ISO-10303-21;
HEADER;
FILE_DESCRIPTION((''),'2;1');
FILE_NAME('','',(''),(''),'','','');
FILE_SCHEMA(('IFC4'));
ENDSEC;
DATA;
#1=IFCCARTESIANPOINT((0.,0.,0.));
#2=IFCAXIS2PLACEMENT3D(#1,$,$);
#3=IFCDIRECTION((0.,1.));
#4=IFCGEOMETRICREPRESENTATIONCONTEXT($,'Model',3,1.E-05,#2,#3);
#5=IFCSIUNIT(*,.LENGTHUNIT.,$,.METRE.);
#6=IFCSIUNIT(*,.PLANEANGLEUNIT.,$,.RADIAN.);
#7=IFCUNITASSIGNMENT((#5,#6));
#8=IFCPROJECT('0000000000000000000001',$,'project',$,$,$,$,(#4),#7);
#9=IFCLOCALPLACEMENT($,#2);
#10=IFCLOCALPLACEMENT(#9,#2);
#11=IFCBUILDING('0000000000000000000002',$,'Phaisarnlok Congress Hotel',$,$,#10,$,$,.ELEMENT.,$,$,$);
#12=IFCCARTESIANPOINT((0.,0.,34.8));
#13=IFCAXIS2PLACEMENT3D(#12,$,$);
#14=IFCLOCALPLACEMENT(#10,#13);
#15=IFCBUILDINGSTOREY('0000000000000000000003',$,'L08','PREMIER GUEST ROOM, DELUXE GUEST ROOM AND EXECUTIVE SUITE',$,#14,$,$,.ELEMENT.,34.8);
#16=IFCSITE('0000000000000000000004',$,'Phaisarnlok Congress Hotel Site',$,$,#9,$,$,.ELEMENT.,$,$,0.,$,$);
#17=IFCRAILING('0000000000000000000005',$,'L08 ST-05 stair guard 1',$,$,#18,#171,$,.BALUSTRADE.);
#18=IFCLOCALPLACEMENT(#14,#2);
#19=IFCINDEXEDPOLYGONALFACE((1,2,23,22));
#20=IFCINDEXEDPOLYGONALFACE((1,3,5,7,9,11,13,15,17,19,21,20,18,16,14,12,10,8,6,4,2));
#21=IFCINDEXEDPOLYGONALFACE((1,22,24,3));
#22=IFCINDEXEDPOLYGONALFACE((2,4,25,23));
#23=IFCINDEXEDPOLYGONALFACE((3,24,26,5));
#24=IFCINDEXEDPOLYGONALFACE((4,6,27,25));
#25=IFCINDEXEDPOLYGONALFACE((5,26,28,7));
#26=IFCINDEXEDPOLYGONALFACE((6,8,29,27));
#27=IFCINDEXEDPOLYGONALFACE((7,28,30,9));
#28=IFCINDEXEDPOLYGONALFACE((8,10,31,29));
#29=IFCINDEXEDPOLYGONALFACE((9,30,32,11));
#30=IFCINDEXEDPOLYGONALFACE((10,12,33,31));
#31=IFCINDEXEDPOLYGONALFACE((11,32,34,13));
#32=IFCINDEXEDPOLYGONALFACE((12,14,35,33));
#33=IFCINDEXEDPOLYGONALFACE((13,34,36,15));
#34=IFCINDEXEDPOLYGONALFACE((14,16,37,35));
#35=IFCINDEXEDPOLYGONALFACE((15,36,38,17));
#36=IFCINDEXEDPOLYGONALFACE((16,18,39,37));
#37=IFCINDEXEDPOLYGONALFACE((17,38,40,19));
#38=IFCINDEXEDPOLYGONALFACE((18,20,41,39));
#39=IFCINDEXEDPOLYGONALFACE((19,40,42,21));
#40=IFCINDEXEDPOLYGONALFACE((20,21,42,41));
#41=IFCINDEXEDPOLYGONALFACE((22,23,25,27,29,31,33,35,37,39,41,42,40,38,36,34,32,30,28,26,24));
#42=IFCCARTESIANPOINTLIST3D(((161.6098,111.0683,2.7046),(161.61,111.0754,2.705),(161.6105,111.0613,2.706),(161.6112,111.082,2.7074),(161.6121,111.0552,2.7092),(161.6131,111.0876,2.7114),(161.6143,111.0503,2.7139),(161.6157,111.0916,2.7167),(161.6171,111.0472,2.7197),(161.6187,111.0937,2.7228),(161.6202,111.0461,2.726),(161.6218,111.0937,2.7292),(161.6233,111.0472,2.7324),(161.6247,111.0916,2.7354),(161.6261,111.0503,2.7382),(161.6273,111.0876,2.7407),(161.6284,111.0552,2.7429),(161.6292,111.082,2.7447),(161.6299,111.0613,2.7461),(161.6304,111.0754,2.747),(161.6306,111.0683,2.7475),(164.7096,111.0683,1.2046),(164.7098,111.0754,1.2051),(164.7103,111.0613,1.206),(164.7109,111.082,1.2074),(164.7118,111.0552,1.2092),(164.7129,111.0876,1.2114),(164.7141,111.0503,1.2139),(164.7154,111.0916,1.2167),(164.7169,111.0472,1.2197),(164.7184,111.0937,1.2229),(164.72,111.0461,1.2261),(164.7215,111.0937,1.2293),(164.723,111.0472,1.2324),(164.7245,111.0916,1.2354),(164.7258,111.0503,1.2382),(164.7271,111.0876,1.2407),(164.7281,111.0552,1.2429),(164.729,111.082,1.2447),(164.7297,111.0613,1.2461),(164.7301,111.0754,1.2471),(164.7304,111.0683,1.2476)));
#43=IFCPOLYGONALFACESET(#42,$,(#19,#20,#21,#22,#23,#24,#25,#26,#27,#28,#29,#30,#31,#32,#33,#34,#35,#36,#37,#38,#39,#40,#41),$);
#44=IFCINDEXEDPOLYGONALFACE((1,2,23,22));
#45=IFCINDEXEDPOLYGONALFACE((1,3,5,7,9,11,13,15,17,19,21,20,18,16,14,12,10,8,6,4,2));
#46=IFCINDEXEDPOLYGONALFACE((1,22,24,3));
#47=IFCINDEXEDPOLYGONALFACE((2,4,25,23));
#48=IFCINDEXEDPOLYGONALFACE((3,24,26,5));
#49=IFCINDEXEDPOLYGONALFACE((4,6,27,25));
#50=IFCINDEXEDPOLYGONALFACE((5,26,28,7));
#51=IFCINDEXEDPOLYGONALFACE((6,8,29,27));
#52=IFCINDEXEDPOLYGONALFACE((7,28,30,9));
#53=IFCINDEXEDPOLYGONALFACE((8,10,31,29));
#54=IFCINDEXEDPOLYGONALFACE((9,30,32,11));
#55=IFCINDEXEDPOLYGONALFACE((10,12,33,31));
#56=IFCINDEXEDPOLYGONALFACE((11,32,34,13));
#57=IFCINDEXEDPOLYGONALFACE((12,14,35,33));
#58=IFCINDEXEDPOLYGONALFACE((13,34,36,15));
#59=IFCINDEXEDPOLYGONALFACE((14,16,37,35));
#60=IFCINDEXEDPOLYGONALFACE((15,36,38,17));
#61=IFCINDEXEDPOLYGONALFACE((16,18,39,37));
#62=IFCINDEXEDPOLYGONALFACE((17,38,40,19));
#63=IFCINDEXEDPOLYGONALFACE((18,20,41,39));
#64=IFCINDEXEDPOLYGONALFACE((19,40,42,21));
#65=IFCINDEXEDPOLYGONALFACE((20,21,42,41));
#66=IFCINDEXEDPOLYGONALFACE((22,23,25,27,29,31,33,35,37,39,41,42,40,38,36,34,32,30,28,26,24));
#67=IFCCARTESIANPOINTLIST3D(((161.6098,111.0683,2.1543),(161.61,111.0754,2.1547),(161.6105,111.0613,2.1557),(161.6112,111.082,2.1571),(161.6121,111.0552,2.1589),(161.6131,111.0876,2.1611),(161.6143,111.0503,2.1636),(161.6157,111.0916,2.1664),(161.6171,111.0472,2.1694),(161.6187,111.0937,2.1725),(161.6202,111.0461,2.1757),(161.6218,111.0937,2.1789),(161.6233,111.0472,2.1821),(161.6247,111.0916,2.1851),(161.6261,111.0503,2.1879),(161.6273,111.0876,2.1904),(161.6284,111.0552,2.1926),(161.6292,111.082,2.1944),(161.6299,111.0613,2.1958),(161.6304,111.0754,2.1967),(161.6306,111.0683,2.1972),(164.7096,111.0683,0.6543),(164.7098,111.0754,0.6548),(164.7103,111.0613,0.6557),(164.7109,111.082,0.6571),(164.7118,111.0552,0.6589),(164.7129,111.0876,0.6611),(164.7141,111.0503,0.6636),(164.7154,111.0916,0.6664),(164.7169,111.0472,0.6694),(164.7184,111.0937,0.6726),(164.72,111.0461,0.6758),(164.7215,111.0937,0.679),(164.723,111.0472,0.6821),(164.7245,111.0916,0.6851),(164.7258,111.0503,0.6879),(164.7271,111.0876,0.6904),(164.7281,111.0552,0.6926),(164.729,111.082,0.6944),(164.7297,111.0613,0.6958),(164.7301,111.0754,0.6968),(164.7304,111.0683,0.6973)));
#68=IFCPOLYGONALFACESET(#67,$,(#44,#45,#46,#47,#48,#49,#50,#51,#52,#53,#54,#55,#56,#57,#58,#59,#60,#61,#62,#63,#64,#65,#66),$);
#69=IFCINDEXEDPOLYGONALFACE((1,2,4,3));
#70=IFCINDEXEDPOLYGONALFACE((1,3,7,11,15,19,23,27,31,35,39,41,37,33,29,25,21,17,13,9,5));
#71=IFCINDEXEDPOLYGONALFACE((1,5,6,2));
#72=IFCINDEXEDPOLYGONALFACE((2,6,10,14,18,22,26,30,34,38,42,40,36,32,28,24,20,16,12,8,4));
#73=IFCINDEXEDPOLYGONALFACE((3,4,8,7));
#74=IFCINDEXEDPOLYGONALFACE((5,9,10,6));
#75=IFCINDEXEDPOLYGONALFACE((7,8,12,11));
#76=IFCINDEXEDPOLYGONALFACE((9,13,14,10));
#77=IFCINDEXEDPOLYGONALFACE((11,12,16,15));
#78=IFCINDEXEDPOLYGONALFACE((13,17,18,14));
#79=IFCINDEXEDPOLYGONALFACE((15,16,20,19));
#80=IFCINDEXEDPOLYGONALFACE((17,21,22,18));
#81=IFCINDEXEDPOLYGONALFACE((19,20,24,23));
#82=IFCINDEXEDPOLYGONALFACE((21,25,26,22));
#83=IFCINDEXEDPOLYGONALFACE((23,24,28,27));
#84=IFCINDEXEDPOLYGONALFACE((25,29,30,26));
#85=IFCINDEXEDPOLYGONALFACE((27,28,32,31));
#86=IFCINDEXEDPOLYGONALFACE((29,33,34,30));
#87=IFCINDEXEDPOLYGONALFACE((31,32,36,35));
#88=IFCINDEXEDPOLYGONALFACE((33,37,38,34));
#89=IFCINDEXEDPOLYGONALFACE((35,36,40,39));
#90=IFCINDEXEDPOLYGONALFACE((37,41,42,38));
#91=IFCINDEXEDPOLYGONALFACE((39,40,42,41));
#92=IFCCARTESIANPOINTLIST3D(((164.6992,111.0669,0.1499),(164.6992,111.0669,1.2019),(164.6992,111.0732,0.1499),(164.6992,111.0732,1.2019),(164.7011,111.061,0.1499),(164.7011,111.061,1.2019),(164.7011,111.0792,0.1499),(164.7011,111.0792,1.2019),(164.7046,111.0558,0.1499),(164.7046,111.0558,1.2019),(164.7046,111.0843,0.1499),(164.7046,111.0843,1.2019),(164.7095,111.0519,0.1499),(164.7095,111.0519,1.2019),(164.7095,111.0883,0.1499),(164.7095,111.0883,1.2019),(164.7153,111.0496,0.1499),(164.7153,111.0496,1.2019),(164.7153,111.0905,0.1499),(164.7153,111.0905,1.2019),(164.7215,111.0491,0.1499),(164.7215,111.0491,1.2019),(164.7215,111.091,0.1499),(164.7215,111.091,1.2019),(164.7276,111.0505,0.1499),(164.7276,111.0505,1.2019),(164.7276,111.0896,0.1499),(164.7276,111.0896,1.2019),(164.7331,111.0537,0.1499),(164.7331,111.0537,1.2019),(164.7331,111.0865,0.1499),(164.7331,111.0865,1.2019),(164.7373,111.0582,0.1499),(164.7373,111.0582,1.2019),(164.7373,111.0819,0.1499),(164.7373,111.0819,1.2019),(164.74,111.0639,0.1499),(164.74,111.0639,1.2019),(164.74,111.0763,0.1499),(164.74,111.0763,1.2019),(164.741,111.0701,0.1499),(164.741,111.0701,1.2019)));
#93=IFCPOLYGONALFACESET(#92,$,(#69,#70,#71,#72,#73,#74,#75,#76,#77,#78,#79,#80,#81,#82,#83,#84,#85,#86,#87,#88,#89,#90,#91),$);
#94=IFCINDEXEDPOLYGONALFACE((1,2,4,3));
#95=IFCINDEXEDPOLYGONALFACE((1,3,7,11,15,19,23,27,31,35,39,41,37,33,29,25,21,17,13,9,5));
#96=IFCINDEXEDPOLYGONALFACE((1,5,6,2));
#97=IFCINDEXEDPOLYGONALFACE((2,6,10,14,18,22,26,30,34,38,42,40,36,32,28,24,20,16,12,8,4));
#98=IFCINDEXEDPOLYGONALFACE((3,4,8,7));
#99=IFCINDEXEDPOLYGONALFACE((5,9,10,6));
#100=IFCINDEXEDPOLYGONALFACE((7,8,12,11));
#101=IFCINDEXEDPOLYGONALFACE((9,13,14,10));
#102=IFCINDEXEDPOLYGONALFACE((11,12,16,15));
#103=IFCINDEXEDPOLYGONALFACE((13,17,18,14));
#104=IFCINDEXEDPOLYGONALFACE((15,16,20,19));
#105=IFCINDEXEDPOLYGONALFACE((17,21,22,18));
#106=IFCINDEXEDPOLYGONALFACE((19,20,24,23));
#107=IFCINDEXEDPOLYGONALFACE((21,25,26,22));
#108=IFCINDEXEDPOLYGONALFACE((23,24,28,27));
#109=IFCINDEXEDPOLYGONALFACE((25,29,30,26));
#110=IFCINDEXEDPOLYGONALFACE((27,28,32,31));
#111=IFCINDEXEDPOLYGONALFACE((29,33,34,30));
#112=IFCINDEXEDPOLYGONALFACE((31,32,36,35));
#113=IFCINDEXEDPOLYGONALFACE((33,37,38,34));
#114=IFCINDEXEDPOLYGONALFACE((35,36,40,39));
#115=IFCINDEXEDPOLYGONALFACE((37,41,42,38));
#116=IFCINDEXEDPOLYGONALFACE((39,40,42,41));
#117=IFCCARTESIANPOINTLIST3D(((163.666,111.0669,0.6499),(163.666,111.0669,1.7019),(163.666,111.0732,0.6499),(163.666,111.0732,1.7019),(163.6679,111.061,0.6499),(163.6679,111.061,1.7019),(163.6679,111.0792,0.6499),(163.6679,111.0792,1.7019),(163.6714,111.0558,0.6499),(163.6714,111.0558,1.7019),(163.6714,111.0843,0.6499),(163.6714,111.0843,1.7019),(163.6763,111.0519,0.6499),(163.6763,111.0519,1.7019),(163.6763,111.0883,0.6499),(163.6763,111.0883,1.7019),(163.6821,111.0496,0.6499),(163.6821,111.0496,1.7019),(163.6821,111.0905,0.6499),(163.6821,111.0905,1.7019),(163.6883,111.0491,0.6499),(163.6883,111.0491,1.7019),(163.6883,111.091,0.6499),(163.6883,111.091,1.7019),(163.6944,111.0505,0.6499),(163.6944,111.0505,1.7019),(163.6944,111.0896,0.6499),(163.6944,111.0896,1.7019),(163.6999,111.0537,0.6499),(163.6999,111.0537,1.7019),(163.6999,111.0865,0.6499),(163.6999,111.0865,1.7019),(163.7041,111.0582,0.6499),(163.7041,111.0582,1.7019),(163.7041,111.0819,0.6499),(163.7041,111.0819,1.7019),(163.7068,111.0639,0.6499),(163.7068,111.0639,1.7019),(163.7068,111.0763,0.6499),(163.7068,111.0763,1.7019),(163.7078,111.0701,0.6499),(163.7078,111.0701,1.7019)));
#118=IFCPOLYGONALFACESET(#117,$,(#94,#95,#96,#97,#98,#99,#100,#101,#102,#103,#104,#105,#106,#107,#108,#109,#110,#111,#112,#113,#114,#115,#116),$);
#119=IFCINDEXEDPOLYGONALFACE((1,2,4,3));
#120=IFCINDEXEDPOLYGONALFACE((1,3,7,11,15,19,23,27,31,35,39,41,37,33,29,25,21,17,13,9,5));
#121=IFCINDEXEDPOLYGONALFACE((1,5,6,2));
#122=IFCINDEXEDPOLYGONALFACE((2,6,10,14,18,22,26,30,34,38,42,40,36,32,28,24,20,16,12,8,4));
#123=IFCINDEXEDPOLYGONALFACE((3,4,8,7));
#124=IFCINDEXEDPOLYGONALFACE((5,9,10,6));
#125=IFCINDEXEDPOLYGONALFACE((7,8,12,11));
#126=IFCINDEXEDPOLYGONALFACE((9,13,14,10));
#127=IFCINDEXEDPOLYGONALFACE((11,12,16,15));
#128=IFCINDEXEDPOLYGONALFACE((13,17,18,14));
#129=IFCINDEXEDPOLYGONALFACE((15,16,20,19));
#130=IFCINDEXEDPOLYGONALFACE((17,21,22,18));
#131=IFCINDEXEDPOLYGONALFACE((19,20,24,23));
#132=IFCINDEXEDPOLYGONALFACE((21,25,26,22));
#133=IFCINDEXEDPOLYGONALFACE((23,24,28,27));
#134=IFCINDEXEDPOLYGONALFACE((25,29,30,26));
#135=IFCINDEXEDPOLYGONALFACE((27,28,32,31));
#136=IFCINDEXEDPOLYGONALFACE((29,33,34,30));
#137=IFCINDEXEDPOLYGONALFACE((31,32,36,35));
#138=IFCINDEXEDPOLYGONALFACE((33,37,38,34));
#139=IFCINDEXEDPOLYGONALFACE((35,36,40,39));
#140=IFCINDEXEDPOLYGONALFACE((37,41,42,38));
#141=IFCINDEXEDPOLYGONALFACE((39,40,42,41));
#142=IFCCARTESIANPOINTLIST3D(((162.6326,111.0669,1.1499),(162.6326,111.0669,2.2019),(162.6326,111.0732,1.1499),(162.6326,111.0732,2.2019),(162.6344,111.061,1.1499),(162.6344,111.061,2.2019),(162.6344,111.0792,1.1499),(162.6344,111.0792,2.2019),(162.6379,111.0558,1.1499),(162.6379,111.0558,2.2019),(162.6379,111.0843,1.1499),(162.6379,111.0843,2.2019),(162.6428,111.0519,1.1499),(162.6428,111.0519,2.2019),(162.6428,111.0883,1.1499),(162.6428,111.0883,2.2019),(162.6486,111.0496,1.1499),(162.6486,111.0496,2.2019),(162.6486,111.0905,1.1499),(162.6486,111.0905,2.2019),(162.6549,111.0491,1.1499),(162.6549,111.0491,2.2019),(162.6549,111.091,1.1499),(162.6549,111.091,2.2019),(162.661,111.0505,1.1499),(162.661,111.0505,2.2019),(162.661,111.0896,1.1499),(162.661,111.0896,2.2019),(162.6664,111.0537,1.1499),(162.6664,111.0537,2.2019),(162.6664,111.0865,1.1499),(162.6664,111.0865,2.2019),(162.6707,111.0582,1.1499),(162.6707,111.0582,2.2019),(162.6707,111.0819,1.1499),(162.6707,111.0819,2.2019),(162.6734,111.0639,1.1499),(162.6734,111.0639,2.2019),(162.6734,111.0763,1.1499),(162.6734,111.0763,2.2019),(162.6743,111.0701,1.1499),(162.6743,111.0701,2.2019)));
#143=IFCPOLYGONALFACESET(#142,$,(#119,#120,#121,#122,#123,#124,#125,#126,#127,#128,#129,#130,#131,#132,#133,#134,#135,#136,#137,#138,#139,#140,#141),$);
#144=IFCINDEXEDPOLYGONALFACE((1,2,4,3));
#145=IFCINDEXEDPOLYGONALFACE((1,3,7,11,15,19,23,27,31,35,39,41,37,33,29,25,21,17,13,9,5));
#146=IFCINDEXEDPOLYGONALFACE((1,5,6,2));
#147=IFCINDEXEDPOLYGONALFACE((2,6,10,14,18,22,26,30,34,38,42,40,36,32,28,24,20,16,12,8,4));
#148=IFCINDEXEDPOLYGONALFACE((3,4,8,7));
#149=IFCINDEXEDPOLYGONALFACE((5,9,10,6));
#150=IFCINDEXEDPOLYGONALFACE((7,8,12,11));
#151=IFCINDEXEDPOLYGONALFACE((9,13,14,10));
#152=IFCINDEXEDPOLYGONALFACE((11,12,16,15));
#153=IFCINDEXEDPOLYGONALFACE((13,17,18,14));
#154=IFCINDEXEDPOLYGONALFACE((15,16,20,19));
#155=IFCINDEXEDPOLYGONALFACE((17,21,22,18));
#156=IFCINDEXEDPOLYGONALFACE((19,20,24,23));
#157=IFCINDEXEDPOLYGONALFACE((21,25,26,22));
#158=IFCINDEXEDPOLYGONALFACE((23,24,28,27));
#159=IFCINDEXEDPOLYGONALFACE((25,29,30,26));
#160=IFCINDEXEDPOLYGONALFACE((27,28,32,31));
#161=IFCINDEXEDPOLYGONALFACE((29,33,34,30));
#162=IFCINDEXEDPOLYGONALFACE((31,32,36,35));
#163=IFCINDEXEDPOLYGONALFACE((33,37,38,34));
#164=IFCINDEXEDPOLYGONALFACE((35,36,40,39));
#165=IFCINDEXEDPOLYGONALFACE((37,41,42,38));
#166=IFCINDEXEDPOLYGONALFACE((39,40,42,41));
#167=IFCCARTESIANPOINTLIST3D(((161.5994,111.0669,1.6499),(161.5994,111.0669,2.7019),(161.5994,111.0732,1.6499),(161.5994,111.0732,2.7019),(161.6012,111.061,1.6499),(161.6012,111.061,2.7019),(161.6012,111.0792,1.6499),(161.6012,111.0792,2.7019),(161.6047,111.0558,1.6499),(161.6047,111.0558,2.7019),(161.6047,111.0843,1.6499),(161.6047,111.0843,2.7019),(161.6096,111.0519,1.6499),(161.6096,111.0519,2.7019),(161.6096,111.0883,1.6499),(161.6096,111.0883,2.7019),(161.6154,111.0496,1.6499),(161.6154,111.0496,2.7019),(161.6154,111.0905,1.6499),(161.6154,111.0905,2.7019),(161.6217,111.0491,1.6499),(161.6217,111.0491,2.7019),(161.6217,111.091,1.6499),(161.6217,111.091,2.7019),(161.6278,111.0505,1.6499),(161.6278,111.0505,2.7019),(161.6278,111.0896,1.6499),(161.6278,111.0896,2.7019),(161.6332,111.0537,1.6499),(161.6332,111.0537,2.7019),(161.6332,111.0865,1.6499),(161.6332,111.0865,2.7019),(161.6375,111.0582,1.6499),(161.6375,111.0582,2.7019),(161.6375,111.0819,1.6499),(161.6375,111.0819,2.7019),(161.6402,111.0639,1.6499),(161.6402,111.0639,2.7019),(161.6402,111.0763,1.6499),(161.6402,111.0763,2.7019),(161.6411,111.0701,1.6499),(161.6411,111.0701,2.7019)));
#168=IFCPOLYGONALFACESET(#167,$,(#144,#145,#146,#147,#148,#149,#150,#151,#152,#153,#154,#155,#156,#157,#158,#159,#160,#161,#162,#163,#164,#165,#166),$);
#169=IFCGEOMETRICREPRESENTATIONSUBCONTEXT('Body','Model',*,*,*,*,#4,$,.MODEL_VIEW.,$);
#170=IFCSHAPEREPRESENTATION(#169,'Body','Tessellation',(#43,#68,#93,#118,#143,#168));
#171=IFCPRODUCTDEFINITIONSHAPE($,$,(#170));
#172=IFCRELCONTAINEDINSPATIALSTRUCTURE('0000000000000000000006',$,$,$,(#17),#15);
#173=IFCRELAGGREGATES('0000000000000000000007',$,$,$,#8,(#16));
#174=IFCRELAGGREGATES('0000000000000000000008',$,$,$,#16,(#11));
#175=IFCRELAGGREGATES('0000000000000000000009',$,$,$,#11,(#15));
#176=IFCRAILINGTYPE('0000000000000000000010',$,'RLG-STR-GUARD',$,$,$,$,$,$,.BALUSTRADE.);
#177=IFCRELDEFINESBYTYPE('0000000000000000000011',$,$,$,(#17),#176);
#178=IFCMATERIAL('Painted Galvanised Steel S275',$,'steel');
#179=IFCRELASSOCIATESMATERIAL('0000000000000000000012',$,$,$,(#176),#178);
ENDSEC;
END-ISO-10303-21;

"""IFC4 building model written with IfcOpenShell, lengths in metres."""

from ifc_helpers import new_model, si_unit, direction, frame, origin, origin_2d, place, context, subcontext, project, spatial, circle, extrude, material, type_object, element, save


model = new_model("IFC4")

# Units and contexts
model_context = context("Model", 3, precision=1e-05, world=origin(), true_north=direction((0.0, 1.0)))
body_context = subcontext(model_context, "Body", "Model", "MODEL_VIEW")
ifc_project = project(units=[si_unit("LENGTHUNIT", "METRE"), si_unit("PLANEANGLEUNIT", "RADIAN")], contexts=[model_context])

# Site, building, storey
site_placement = place(None, origin())
site = spatial("IfcSite", under=ifc_project, at=site_placement, Name="Phaisarnlok Congress Hotel Site", CompositionType="ELEMENT", RefElevation=0.0)
building_placement = place(site_placement, origin())
building = spatial("IfcBuilding", under=site, at=building_placement, Name="Phaisarnlok Congress Hotel", CompositionType="ELEMENT")
storey_placement = place(building_placement, frame((0.0, 0.0, 34.8)))
storey = spatial("IfcBuildingStorey", under=building, at=storey_placement, Name="L08", Description="PREMIER GUEST ROOM, DELUXE GUEST ROOM AND EXECUTIVE SUITE", CompositionType="ELEMENT", Elevation=34.8)

# Railing
ifc_material_1 = material(Name="Painted Galvanised Steel S275", Category="steel")
railing_type_1 = type_object("IfcRailingType", Name="RLG-STR-GUARD", PredefinedType="BALUSTRADE", material=ifc_material_1)
railing_1_placement = place(storey_placement, frame((164.72, 111.0701, 0.1499)))
element("IfcRailing", 1, at=railing_1_placement, inside=storey, type_object=railing_type_1, Name="L08 ST-05 stair guard 1", PredefinedType="BALUSTRADE", context=body_context, shape_type="SweptSolid", body=[
    extrude(circle(Radius=0.0239, at=origin_2d()), frame((0.0, 0.0, 1.0762), z_axis=(-0.900151, 0.0, 0.435578), x_axis=(0.0, -1.0, 0.0)), (0.0, 0.0, 1.0), 3.4436),
    extrude(circle(Radius=0.0239, at=origin_2d()), frame((0.0, 0.0, 0.5259), z_axis=(-0.900151, 0.0, 0.435578), x_axis=(0.0, -1.0, 0.0)), (0.0, 0.0, 1.0), 3.4436),
    extrude(circle(Radius=0.021, at=origin_2d()), origin(), (0.0, 0.0, 1.0), 1.052),
    extrude(circle(Radius=0.021, at=origin_2d()), frame((-1.0332, 0.0, 0.5)), (0.0, 0.0, 1.0), 1.052),
    extrude(circle(Radius=0.021, at=origin_2d()), frame((-2.0667, 0.0, 1.0)), (0.0, 0.0, 1.0), 1.052),
    extrude(circle(Radius=0.021, at=origin_2d()), frame((-3.0999, 0.0, 1.5)), (0.0, 0.0, 1.0), 1.052),
])

save(model, "model.ifc")
